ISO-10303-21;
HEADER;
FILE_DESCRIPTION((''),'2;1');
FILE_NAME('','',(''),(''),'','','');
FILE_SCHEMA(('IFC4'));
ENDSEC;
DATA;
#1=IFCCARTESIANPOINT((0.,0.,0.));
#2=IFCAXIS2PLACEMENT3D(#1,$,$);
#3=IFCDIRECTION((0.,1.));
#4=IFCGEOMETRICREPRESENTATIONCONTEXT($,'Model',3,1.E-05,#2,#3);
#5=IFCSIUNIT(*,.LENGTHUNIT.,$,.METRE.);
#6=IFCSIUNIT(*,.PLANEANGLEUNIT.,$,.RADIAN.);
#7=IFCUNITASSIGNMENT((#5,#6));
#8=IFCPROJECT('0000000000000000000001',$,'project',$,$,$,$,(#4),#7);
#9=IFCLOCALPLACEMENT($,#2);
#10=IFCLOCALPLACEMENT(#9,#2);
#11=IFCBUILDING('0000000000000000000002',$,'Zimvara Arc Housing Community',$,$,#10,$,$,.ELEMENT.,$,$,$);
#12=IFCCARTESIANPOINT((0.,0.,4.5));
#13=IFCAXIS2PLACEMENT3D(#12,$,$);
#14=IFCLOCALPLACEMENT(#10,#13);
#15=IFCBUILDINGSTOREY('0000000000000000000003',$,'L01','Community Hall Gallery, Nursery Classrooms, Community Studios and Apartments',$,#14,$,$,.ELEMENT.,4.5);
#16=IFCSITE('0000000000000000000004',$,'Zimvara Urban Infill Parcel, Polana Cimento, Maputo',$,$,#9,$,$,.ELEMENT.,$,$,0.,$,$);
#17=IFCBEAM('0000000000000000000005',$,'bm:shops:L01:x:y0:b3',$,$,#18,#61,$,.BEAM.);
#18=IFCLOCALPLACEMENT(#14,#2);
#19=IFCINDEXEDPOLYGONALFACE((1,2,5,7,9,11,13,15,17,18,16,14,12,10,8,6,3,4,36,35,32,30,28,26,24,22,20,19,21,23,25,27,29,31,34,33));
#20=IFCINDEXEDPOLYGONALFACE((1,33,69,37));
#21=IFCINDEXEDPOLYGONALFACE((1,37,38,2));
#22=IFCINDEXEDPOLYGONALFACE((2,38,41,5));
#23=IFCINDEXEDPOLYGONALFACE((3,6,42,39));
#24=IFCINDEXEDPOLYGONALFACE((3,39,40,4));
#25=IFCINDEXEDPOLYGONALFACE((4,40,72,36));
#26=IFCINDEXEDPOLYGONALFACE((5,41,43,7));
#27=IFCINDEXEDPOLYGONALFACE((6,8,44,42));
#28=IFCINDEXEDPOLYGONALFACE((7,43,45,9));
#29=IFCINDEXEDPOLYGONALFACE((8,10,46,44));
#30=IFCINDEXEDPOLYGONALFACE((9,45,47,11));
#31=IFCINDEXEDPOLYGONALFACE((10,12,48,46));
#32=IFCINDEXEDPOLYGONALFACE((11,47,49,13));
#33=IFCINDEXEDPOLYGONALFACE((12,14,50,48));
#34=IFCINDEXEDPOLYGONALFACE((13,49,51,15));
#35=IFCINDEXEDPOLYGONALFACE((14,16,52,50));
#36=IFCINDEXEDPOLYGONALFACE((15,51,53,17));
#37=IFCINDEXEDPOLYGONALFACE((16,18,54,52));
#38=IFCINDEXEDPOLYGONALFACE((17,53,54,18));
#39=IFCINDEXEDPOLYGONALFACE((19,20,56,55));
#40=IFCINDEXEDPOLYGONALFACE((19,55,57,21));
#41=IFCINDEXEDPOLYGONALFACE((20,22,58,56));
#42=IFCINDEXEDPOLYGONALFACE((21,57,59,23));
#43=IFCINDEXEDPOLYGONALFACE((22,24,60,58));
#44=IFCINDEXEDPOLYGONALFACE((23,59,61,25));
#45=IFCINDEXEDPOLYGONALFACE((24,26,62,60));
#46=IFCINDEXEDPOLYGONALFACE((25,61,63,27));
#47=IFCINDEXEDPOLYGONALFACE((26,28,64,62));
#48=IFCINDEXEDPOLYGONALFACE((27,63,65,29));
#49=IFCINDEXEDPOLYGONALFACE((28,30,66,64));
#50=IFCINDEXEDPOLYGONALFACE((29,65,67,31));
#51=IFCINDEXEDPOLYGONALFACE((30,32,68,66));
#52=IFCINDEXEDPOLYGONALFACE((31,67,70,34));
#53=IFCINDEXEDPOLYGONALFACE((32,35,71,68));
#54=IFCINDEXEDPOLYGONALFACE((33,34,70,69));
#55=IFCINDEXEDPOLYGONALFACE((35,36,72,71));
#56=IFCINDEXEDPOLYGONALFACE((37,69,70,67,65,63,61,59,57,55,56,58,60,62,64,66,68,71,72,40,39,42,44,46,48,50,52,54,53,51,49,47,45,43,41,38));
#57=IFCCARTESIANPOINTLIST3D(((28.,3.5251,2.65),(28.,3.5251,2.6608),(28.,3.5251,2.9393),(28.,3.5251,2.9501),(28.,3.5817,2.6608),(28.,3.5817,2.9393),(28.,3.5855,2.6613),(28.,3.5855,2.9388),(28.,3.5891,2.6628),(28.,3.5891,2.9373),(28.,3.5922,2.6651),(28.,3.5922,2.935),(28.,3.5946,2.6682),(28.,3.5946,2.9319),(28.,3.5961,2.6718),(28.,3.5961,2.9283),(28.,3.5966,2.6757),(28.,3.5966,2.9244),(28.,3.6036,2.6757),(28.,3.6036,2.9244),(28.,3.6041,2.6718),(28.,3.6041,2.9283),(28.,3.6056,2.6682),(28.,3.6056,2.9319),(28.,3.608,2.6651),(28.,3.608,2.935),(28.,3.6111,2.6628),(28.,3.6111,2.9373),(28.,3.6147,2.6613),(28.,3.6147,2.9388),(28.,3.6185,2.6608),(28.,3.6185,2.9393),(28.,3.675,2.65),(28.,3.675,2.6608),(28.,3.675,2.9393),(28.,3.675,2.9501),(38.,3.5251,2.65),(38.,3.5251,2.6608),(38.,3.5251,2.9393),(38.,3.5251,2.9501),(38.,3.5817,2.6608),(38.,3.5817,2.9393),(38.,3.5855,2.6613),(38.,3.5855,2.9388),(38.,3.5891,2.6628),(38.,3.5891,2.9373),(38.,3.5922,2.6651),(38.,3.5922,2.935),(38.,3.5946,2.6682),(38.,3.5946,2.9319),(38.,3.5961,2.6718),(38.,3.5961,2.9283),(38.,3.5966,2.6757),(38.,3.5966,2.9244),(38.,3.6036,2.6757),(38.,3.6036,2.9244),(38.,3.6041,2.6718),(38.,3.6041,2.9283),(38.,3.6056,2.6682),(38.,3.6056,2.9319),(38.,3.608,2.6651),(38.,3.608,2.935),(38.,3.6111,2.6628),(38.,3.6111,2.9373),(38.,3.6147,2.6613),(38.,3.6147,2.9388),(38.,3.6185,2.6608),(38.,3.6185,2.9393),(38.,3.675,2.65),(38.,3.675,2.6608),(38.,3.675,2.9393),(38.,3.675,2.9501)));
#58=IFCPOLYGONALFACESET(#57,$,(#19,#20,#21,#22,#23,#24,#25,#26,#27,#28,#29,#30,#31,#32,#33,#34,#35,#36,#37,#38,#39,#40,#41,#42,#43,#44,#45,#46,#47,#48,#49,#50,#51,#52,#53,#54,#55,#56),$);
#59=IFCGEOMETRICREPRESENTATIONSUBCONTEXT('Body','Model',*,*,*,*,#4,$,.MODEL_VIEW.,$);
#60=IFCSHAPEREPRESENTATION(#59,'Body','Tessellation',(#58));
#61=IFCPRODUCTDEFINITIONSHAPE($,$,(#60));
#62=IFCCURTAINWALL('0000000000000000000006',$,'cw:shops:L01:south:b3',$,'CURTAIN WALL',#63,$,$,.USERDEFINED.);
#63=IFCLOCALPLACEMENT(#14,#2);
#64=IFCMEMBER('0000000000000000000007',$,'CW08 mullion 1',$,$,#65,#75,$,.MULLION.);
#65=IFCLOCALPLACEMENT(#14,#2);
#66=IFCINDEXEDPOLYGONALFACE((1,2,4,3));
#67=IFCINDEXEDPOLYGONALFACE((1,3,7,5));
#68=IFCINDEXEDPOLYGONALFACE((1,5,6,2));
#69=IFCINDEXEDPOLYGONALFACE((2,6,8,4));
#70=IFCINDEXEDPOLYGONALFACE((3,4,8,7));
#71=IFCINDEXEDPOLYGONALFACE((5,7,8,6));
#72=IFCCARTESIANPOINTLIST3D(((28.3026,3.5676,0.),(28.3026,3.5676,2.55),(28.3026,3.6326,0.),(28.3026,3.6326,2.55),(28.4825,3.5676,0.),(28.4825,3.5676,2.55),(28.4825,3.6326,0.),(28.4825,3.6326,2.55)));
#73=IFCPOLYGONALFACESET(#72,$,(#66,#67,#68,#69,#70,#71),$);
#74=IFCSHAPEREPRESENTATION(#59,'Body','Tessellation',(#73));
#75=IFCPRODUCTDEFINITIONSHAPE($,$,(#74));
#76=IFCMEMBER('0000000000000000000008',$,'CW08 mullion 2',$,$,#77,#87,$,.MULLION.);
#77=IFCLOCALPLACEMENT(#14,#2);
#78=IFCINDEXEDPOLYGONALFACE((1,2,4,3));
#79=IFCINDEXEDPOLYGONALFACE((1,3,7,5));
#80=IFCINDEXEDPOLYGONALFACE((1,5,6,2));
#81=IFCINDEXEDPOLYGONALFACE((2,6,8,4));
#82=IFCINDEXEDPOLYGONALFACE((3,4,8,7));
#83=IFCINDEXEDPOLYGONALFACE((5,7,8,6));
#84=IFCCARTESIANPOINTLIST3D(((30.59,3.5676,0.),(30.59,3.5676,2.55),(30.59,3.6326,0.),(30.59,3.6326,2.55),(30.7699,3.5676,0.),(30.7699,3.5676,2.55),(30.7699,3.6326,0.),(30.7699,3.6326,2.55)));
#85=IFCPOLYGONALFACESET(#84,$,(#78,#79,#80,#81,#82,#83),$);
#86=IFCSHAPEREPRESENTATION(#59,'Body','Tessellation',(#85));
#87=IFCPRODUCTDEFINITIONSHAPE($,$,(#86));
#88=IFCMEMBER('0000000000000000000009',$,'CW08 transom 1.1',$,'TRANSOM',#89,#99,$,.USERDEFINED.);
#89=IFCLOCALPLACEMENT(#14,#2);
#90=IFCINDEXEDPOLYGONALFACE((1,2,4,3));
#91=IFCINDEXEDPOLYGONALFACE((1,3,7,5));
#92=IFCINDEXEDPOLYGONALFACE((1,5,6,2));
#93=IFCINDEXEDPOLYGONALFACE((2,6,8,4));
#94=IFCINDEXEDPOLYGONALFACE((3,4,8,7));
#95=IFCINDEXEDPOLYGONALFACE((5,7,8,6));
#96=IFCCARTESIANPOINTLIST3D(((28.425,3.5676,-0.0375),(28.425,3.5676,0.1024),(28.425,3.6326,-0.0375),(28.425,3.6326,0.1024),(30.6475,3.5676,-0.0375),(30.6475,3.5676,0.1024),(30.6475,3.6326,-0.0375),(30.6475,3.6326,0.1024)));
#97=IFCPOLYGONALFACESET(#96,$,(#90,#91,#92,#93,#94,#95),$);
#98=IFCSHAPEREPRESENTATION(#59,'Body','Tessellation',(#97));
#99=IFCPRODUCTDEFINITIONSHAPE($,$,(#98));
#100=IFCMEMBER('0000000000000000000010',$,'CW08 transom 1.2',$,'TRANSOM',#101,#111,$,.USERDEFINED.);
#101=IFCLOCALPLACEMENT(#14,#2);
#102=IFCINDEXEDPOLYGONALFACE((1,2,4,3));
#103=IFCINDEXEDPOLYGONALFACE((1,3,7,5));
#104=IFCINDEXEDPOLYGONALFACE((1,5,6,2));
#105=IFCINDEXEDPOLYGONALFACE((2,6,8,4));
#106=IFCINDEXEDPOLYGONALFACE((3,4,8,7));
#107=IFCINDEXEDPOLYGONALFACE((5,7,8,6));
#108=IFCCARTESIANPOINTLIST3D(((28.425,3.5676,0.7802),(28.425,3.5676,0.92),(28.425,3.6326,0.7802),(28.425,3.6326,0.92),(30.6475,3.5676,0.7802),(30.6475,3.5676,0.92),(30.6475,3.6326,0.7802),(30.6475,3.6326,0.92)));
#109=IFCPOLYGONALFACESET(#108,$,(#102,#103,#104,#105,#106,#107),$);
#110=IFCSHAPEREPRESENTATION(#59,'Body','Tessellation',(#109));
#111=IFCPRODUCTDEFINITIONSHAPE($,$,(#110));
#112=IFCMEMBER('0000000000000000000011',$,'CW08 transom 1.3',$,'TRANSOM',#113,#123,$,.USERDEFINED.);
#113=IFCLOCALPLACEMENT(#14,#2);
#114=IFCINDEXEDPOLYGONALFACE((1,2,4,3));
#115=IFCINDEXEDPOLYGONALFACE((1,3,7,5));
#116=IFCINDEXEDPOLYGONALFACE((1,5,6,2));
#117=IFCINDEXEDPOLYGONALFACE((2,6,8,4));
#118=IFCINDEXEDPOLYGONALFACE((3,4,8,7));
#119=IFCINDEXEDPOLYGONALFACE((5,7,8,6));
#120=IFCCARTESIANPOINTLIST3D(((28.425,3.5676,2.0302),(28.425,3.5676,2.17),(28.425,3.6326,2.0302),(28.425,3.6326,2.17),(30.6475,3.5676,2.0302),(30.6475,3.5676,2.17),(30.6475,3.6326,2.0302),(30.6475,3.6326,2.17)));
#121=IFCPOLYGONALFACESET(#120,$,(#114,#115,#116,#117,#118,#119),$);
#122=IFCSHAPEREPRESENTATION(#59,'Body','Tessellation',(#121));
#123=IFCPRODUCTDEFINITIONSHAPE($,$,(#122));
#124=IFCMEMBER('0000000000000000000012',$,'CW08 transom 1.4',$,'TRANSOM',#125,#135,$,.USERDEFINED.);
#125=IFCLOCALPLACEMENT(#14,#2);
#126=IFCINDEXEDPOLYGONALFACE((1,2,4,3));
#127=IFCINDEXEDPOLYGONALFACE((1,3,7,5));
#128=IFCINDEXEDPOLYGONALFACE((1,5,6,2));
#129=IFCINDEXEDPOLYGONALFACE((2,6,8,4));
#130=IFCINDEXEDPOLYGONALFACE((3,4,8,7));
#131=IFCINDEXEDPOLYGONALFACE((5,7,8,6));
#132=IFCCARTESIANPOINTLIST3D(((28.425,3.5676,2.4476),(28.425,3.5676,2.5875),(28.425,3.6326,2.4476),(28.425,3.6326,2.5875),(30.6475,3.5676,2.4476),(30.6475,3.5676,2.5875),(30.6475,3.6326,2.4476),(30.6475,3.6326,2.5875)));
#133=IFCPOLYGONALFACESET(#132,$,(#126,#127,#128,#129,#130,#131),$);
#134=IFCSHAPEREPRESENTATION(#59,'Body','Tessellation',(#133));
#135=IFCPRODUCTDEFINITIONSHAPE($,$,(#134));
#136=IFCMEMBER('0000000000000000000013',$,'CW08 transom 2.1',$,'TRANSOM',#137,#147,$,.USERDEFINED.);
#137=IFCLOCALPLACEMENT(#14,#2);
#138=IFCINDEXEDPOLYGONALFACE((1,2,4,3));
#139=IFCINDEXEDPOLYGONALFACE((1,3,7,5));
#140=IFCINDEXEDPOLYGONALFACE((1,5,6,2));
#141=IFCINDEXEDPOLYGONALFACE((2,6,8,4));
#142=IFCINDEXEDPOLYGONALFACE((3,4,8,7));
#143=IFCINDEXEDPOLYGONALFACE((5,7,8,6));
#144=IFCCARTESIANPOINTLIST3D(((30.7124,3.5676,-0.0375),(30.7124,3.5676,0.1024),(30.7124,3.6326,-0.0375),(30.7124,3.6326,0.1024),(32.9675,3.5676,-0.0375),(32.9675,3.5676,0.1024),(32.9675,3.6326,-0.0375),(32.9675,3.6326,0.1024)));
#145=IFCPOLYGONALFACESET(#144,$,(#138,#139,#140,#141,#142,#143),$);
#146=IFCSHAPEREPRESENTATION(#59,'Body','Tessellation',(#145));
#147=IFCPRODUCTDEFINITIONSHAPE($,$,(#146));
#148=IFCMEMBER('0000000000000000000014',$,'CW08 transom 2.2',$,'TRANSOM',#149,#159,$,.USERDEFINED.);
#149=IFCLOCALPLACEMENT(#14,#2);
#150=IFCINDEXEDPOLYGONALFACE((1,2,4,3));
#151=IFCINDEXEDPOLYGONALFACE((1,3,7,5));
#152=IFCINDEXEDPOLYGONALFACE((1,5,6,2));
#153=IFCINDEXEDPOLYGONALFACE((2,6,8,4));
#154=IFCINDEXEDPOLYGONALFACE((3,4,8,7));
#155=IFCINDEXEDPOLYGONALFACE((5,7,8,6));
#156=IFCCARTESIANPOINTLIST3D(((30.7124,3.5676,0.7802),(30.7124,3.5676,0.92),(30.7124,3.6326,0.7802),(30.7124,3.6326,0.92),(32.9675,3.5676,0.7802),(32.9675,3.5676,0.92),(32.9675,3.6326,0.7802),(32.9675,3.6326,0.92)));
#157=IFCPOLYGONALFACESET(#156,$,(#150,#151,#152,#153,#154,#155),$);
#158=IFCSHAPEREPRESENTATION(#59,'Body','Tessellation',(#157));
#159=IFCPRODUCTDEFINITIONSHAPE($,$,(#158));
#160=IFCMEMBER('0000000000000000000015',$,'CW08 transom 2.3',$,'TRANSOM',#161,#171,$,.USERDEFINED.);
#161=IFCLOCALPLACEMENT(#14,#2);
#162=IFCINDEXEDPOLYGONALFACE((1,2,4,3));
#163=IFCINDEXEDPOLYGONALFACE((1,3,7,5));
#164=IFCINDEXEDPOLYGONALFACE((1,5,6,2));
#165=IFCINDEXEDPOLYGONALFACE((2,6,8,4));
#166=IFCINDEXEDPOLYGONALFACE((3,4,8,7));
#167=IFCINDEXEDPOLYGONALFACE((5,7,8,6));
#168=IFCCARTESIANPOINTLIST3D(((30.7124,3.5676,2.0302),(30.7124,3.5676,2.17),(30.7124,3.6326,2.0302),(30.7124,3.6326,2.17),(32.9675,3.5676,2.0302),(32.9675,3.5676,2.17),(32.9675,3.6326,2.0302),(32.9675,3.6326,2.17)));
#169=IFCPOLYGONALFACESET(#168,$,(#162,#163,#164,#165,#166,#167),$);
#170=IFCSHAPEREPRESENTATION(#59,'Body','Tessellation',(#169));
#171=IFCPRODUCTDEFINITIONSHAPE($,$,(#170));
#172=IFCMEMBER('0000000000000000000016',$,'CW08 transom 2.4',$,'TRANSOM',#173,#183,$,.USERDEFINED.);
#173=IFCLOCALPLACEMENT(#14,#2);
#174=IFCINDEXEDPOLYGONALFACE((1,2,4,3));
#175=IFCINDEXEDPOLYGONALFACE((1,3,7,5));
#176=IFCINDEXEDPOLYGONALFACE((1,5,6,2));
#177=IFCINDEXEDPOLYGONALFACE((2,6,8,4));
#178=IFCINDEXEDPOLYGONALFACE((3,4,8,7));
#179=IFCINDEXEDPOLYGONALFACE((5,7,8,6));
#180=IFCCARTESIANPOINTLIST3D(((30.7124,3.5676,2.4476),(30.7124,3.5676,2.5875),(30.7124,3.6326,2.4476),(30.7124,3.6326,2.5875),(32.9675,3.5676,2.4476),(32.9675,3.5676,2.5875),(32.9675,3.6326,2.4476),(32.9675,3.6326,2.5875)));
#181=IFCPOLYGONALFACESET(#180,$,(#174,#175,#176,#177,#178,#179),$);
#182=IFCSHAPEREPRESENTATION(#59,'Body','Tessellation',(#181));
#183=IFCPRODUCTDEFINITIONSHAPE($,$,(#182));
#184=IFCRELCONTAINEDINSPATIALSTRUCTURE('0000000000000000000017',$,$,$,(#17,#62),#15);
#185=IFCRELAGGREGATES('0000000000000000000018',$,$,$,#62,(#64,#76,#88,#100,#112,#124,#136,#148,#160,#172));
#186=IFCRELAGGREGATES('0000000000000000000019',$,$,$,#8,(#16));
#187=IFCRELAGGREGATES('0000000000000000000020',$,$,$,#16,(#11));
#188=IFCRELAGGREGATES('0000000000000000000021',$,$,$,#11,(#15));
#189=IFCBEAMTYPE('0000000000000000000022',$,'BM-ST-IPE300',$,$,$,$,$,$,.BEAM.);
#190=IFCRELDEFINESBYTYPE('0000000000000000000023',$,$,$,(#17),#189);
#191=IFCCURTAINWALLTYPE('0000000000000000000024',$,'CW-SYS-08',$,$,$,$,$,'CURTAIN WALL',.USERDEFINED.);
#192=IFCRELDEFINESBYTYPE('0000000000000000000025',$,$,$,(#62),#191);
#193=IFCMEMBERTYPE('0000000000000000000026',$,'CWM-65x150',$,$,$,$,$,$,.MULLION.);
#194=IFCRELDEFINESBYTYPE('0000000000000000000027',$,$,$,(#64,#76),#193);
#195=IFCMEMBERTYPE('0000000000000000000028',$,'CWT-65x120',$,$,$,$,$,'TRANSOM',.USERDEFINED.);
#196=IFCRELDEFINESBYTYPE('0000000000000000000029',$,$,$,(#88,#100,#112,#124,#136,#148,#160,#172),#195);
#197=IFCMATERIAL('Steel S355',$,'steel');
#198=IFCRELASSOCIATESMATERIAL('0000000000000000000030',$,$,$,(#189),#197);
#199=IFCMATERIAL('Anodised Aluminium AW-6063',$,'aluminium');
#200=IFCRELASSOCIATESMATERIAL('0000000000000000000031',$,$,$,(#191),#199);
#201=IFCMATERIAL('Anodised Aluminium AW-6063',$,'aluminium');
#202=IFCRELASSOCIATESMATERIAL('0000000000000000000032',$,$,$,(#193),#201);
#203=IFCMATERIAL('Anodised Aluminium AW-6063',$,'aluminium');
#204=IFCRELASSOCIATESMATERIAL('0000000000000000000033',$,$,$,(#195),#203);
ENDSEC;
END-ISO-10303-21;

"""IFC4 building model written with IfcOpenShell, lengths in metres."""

from ifc_helpers import new_model, si_unit, direction, frame, origin, origin_2d, place, context, subcontext, project, spatial, rectangle, i_section, extrude, material, material_profile, profile_set, type_object, element, aggregate, save


model = new_model("IFC4")

# Units and contexts
model_context = context("Model", 3, precision=1e-05, world=origin(), true_north=direction((0.0, 1.0)))
body_context = subcontext(model_context, "Body", "Model", "MODEL_VIEW")
ifc_project = project(units=[si_unit("LENGTHUNIT", "METRE"), si_unit("PLANEANGLEUNIT", "RADIAN")], contexts=[model_context])

# Site, building, storey
site_placement = place(None, origin())
site = spatial("IfcSite", under=ifc_project, at=site_placement, Name="Zimvara Urban Infill Parcel, Polana Cimento, Maputo", CompositionType="ELEMENT", RefElevation=0.0)
building_placement = place(site_placement, origin())
building = spatial("IfcBuilding", under=site, at=building_placement, Name="Zimvara Arc Housing Community", CompositionType="ELEMENT")
storey_placement = place(building_placement, frame((0.0, 0.0, 4.5)))
storey = spatial("IfcBuildingStorey", under=building, at=storey_placement, Name="L01", Description="Community Hall Gallery, Nursery Classrooms, Community Studios and Apartments", CompositionType="ELEMENT", Elevation=4.5)

# Beam
ifc_material_1 = material(Name="Steel S355", Category="steel")
ifc_material_profile_1 = material_profile(ifc_material_1, i_section(OverallWidth=0.1499, OverallDepth=0.3, WebThickness=0.0071, FlangeThickness=0.0107, FilletRadius=0.0149, at=origin_2d()), Name="IPE 300")
ifc_profile_set_1 = profile_set([ifc_material_profile_1], Name="Steel S355")
beam_type_1 = type_object("IfcBeamType", Name="BM-ST-IPE300", PredefinedType="BEAM", material=ifc_profile_set_1)
beam_1_placement = place(storey_placement, frame((28.0, 3.6001, 2.8), z_axis=(1.0, 0.0, 0.0), x_axis=(0.0, 1.0, 0.0)))
element("IfcBeam", 1, at=beam_1_placement, inside=storey, type_object=beam_type_1, Name="bm:shops:L01:x:y0:b3", PredefinedType="BEAM", context=body_context, shape_type="SweptSolid", body=[
    extrude(i_section(OverallWidth=0.1499, OverallDepth=0.3, WebThickness=0.0071, FlangeThickness=0.0107, FilletRadius=0.0149, at=origin_2d()), origin(), (0.0, 0.0, 1.0), 10.0),
])

# Curtain wall, members
ifc_material_2 = material(Name="Anodised Aluminium AW-6063", Category="aluminium")
curtain_wall_type = type_object("IfcCurtainWallType", Name="CW-SYS-08", ElementType="CURTAIN WALL", PredefinedType="USERDEFINED", material=ifc_material_2)
curtain_wall_placement = place(storey_placement, origin())
curtain_wall = element("IfcCurtainWall", 2, at=curtain_wall_placement, inside=storey, type_object=curtain_wall_type, Name="cw:shops:L01:south:b3", ObjectType="CURTAIN WALL", PredefinedType="USERDEFINED")
ifc_material_3 = material(Name="Anodised Aluminium AW-6063", Category="aluminium")
ifc_material_profile_2 = material_profile(ifc_material_3, rectangle(XDim=0.0649, YDim=0.1799, at=origin_2d()), Name="ALU 65x180")
ifc_profile_set_2 = profile_set([ifc_material_profile_2], Name="Anodised Aluminium AW-6063")
member_type_1 = type_object("IfcMemberType", Name="CWM-65x150", PredefinedType="MULLION", material=ifc_profile_set_2)
member_1_placement = place(storey_placement, frame((28.3926, 3.6001, 0.0), z_axis=(0.0, 0.0, 1.0), x_axis=(0.0, 1.0, 0.0)))
member_1 = element("IfcMember", 3, at=member_1_placement, type_object=member_type_1, Name="CW08 mullion 1", PredefinedType="MULLION", context=body_context, shape_type="SweptSolid", body=[
    extrude(rectangle(XDim=0.0649, YDim=0.1799, at=origin_2d()), origin(), (0.0, 0.0, 1.0), 2.55),
])
member_2_placement = place(storey_placement, frame((30.6799, 3.6001, 0.0), z_axis=(0.0, 0.0, 1.0), x_axis=(0.0, 1.0, 0.0)))
member_2 = element("IfcMember", 4, at=member_2_placement, type_object=member_type_1, Name="CW08 mullion 2", PredefinedType="MULLION", context=body_context, shape_type="SweptSolid", body=[
    extrude(rectangle(XDim=0.0649, YDim=0.1799, at=origin_2d()), origin(), (0.0, 0.0, 1.0), 2.55),
])
ifc_material_4 = material(Name="Anodised Aluminium AW-6063", Category="aluminium")
ifc_material_profile_3 = material_profile(ifc_material_4, rectangle(XDim=0.0649, YDim=0.1399, at=origin_2d()), Name="ALU 65x140")
ifc_profile_set_3 = profile_set([ifc_material_profile_3], Name="Anodised Aluminium AW-6063")
member_type_2 = type_object("IfcMemberType", Name="CWT-65x120", ElementType="TRANSOM", PredefinedType="USERDEFINED", material=ifc_profile_set_3)
member_3_placement = place(storey_placement, frame((28.425, 3.6001, 0.0325), z_axis=(1.0, 0.0, 0.0), x_axis=(0.0, 1.0, 0.0)))
member_3 = element("IfcMember", 5, at=member_3_placement, type_object=member_type_2, Name="CW08 transom 1.1", ObjectType="TRANSOM", PredefinedType="USERDEFINED", context=body_context, shape_type="SweptSolid", body=[
    extrude(rectangle(XDim=0.0649, YDim=0.1399, at=origin_2d()), origin(), (0.0, 0.0, 1.0), 2.2224),
])
member_4_placement = place(storey_placement, frame((28.425, 3.6001, 0.8501), z_axis=(1.0, 0.0, 0.0), x_axis=(0.0, 1.0, 0.0)))
member_4 = element("IfcMember", 6, at=member_4_placement, type_object=member_type_2, Name="CW08 transom 1.2", ObjectType="TRANSOM", PredefinedType="USERDEFINED", context=body_context, shape_type="SweptSolid", body=[
    extrude(rectangle(XDim=0.0649, YDim=0.1399, at=origin_2d()), origin(), (0.0, 0.0, 1.0), 2.2224),
])
member_5_placement = place(storey_placement, frame((28.425, 3.6001, 2.1001), z_axis=(1.0, 0.0, 0.0), x_axis=(0.0, 1.0, 0.0)))
member_5 = element("IfcMember", 7, at=member_5_placement, type_object=member_type_2, Name="CW08 transom 1.3", ObjectType="TRANSOM", PredefinedType="USERDEFINED", context=body_context, shape_type="SweptSolid", body=[
    extrude(rectangle(XDim=0.0649, YDim=0.1399, at=origin_2d()), origin(), (0.0, 0.0, 1.0), 2.2224),
])
member_6_placement = place(storey_placement, frame((28.425, 3.6001, 2.5176), z_axis=(1.0, 0.0, 0.0), x_axis=(0.0, 1.0, 0.0)))
member_6 = element("IfcMember", 8, at=member_6_placement, type_object=member_type_2, Name="CW08 transom 1.4", ObjectType="TRANSOM", PredefinedType="USERDEFINED", context=body_context, shape_type="SweptSolid", body=[
    extrude(rectangle(XDim=0.0649, YDim=0.1399, at=origin_2d()), origin(), (0.0, 0.0, 1.0), 2.2224),
])
member_7_placement = place(storey_placement, frame((30.7124, 3.6001, 0.0325), z_axis=(1.0, 0.0, 0.0), x_axis=(0.0, 1.0, 0.0)))
member_7 = element("IfcMember", 9, at=member_7_placement, type_object=member_type_2, Name="CW08 transom 2.1", ObjectType="TRANSOM", PredefinedType="USERDEFINED", context=body_context, shape_type="SweptSolid", body=[
    extrude(rectangle(XDim=0.0649, YDim=0.1399, at=origin_2d()), origin(), (0.0, 0.0, 1.0), 2.2551),
])
member_8_placement = place(storey_placement, frame((30.7124, 3.6001, 0.8501), z_axis=(1.0, 0.0, 0.0), x_axis=(0.0, 1.0, 0.0)))
member_8 = element("IfcMember", 10, at=member_8_placement, type_object=member_type_2, Name="CW08 transom 2.2", ObjectType="TRANSOM", PredefinedType="USERDEFINED", context=body_context, shape_type="SweptSolid", body=[
    extrude(rectangle(XDim=0.0649, YDim=0.1399, at=origin_2d()), origin(), (0.0, 0.0, 1.0), 2.2551),
])
member_9_placement = place(storey_placement, frame((30.7124, 3.6001, 2.1001), z_axis=(1.0, 0.0, 0.0), x_axis=(0.0, 1.0, 0.0)))
member_9 = element("IfcMember", 11, at=member_9_placement, type_object=member_type_2, Name="CW08 transom 2.3", ObjectType="TRANSOM", PredefinedType="USERDEFINED", context=body_context, shape_type="SweptSolid", body=[
    extrude(rectangle(XDim=0.0649, YDim=0.1399, at=origin_2d()), origin(), (0.0, 0.0, 1.0), 2.2551),
])
member_10_placement = place(storey_placement, frame((30.7124, 3.6001, 2.5176), z_axis=(1.0, 0.0, 0.0), x_axis=(0.0, 1.0, 0.0)))
member_10 = element("IfcMember", 12, at=member_10_placement, type_object=member_type_2, Name="CW08 transom 2.4", ObjectType="TRANSOM", PredefinedType="USERDEFINED", context=body_context, shape_type="SweptSolid", body=[
    extrude(rectangle(XDim=0.0649, YDim=0.1399, at=origin_2d()), origin(), (0.0, 0.0, 1.0), 2.2551),
])

aggregate(curtain_wall, [member_1, member_2, member_3, member_4, member_5, member_6, member_7, member_8, member_9, member_10])

save(model, "model.ifc")
